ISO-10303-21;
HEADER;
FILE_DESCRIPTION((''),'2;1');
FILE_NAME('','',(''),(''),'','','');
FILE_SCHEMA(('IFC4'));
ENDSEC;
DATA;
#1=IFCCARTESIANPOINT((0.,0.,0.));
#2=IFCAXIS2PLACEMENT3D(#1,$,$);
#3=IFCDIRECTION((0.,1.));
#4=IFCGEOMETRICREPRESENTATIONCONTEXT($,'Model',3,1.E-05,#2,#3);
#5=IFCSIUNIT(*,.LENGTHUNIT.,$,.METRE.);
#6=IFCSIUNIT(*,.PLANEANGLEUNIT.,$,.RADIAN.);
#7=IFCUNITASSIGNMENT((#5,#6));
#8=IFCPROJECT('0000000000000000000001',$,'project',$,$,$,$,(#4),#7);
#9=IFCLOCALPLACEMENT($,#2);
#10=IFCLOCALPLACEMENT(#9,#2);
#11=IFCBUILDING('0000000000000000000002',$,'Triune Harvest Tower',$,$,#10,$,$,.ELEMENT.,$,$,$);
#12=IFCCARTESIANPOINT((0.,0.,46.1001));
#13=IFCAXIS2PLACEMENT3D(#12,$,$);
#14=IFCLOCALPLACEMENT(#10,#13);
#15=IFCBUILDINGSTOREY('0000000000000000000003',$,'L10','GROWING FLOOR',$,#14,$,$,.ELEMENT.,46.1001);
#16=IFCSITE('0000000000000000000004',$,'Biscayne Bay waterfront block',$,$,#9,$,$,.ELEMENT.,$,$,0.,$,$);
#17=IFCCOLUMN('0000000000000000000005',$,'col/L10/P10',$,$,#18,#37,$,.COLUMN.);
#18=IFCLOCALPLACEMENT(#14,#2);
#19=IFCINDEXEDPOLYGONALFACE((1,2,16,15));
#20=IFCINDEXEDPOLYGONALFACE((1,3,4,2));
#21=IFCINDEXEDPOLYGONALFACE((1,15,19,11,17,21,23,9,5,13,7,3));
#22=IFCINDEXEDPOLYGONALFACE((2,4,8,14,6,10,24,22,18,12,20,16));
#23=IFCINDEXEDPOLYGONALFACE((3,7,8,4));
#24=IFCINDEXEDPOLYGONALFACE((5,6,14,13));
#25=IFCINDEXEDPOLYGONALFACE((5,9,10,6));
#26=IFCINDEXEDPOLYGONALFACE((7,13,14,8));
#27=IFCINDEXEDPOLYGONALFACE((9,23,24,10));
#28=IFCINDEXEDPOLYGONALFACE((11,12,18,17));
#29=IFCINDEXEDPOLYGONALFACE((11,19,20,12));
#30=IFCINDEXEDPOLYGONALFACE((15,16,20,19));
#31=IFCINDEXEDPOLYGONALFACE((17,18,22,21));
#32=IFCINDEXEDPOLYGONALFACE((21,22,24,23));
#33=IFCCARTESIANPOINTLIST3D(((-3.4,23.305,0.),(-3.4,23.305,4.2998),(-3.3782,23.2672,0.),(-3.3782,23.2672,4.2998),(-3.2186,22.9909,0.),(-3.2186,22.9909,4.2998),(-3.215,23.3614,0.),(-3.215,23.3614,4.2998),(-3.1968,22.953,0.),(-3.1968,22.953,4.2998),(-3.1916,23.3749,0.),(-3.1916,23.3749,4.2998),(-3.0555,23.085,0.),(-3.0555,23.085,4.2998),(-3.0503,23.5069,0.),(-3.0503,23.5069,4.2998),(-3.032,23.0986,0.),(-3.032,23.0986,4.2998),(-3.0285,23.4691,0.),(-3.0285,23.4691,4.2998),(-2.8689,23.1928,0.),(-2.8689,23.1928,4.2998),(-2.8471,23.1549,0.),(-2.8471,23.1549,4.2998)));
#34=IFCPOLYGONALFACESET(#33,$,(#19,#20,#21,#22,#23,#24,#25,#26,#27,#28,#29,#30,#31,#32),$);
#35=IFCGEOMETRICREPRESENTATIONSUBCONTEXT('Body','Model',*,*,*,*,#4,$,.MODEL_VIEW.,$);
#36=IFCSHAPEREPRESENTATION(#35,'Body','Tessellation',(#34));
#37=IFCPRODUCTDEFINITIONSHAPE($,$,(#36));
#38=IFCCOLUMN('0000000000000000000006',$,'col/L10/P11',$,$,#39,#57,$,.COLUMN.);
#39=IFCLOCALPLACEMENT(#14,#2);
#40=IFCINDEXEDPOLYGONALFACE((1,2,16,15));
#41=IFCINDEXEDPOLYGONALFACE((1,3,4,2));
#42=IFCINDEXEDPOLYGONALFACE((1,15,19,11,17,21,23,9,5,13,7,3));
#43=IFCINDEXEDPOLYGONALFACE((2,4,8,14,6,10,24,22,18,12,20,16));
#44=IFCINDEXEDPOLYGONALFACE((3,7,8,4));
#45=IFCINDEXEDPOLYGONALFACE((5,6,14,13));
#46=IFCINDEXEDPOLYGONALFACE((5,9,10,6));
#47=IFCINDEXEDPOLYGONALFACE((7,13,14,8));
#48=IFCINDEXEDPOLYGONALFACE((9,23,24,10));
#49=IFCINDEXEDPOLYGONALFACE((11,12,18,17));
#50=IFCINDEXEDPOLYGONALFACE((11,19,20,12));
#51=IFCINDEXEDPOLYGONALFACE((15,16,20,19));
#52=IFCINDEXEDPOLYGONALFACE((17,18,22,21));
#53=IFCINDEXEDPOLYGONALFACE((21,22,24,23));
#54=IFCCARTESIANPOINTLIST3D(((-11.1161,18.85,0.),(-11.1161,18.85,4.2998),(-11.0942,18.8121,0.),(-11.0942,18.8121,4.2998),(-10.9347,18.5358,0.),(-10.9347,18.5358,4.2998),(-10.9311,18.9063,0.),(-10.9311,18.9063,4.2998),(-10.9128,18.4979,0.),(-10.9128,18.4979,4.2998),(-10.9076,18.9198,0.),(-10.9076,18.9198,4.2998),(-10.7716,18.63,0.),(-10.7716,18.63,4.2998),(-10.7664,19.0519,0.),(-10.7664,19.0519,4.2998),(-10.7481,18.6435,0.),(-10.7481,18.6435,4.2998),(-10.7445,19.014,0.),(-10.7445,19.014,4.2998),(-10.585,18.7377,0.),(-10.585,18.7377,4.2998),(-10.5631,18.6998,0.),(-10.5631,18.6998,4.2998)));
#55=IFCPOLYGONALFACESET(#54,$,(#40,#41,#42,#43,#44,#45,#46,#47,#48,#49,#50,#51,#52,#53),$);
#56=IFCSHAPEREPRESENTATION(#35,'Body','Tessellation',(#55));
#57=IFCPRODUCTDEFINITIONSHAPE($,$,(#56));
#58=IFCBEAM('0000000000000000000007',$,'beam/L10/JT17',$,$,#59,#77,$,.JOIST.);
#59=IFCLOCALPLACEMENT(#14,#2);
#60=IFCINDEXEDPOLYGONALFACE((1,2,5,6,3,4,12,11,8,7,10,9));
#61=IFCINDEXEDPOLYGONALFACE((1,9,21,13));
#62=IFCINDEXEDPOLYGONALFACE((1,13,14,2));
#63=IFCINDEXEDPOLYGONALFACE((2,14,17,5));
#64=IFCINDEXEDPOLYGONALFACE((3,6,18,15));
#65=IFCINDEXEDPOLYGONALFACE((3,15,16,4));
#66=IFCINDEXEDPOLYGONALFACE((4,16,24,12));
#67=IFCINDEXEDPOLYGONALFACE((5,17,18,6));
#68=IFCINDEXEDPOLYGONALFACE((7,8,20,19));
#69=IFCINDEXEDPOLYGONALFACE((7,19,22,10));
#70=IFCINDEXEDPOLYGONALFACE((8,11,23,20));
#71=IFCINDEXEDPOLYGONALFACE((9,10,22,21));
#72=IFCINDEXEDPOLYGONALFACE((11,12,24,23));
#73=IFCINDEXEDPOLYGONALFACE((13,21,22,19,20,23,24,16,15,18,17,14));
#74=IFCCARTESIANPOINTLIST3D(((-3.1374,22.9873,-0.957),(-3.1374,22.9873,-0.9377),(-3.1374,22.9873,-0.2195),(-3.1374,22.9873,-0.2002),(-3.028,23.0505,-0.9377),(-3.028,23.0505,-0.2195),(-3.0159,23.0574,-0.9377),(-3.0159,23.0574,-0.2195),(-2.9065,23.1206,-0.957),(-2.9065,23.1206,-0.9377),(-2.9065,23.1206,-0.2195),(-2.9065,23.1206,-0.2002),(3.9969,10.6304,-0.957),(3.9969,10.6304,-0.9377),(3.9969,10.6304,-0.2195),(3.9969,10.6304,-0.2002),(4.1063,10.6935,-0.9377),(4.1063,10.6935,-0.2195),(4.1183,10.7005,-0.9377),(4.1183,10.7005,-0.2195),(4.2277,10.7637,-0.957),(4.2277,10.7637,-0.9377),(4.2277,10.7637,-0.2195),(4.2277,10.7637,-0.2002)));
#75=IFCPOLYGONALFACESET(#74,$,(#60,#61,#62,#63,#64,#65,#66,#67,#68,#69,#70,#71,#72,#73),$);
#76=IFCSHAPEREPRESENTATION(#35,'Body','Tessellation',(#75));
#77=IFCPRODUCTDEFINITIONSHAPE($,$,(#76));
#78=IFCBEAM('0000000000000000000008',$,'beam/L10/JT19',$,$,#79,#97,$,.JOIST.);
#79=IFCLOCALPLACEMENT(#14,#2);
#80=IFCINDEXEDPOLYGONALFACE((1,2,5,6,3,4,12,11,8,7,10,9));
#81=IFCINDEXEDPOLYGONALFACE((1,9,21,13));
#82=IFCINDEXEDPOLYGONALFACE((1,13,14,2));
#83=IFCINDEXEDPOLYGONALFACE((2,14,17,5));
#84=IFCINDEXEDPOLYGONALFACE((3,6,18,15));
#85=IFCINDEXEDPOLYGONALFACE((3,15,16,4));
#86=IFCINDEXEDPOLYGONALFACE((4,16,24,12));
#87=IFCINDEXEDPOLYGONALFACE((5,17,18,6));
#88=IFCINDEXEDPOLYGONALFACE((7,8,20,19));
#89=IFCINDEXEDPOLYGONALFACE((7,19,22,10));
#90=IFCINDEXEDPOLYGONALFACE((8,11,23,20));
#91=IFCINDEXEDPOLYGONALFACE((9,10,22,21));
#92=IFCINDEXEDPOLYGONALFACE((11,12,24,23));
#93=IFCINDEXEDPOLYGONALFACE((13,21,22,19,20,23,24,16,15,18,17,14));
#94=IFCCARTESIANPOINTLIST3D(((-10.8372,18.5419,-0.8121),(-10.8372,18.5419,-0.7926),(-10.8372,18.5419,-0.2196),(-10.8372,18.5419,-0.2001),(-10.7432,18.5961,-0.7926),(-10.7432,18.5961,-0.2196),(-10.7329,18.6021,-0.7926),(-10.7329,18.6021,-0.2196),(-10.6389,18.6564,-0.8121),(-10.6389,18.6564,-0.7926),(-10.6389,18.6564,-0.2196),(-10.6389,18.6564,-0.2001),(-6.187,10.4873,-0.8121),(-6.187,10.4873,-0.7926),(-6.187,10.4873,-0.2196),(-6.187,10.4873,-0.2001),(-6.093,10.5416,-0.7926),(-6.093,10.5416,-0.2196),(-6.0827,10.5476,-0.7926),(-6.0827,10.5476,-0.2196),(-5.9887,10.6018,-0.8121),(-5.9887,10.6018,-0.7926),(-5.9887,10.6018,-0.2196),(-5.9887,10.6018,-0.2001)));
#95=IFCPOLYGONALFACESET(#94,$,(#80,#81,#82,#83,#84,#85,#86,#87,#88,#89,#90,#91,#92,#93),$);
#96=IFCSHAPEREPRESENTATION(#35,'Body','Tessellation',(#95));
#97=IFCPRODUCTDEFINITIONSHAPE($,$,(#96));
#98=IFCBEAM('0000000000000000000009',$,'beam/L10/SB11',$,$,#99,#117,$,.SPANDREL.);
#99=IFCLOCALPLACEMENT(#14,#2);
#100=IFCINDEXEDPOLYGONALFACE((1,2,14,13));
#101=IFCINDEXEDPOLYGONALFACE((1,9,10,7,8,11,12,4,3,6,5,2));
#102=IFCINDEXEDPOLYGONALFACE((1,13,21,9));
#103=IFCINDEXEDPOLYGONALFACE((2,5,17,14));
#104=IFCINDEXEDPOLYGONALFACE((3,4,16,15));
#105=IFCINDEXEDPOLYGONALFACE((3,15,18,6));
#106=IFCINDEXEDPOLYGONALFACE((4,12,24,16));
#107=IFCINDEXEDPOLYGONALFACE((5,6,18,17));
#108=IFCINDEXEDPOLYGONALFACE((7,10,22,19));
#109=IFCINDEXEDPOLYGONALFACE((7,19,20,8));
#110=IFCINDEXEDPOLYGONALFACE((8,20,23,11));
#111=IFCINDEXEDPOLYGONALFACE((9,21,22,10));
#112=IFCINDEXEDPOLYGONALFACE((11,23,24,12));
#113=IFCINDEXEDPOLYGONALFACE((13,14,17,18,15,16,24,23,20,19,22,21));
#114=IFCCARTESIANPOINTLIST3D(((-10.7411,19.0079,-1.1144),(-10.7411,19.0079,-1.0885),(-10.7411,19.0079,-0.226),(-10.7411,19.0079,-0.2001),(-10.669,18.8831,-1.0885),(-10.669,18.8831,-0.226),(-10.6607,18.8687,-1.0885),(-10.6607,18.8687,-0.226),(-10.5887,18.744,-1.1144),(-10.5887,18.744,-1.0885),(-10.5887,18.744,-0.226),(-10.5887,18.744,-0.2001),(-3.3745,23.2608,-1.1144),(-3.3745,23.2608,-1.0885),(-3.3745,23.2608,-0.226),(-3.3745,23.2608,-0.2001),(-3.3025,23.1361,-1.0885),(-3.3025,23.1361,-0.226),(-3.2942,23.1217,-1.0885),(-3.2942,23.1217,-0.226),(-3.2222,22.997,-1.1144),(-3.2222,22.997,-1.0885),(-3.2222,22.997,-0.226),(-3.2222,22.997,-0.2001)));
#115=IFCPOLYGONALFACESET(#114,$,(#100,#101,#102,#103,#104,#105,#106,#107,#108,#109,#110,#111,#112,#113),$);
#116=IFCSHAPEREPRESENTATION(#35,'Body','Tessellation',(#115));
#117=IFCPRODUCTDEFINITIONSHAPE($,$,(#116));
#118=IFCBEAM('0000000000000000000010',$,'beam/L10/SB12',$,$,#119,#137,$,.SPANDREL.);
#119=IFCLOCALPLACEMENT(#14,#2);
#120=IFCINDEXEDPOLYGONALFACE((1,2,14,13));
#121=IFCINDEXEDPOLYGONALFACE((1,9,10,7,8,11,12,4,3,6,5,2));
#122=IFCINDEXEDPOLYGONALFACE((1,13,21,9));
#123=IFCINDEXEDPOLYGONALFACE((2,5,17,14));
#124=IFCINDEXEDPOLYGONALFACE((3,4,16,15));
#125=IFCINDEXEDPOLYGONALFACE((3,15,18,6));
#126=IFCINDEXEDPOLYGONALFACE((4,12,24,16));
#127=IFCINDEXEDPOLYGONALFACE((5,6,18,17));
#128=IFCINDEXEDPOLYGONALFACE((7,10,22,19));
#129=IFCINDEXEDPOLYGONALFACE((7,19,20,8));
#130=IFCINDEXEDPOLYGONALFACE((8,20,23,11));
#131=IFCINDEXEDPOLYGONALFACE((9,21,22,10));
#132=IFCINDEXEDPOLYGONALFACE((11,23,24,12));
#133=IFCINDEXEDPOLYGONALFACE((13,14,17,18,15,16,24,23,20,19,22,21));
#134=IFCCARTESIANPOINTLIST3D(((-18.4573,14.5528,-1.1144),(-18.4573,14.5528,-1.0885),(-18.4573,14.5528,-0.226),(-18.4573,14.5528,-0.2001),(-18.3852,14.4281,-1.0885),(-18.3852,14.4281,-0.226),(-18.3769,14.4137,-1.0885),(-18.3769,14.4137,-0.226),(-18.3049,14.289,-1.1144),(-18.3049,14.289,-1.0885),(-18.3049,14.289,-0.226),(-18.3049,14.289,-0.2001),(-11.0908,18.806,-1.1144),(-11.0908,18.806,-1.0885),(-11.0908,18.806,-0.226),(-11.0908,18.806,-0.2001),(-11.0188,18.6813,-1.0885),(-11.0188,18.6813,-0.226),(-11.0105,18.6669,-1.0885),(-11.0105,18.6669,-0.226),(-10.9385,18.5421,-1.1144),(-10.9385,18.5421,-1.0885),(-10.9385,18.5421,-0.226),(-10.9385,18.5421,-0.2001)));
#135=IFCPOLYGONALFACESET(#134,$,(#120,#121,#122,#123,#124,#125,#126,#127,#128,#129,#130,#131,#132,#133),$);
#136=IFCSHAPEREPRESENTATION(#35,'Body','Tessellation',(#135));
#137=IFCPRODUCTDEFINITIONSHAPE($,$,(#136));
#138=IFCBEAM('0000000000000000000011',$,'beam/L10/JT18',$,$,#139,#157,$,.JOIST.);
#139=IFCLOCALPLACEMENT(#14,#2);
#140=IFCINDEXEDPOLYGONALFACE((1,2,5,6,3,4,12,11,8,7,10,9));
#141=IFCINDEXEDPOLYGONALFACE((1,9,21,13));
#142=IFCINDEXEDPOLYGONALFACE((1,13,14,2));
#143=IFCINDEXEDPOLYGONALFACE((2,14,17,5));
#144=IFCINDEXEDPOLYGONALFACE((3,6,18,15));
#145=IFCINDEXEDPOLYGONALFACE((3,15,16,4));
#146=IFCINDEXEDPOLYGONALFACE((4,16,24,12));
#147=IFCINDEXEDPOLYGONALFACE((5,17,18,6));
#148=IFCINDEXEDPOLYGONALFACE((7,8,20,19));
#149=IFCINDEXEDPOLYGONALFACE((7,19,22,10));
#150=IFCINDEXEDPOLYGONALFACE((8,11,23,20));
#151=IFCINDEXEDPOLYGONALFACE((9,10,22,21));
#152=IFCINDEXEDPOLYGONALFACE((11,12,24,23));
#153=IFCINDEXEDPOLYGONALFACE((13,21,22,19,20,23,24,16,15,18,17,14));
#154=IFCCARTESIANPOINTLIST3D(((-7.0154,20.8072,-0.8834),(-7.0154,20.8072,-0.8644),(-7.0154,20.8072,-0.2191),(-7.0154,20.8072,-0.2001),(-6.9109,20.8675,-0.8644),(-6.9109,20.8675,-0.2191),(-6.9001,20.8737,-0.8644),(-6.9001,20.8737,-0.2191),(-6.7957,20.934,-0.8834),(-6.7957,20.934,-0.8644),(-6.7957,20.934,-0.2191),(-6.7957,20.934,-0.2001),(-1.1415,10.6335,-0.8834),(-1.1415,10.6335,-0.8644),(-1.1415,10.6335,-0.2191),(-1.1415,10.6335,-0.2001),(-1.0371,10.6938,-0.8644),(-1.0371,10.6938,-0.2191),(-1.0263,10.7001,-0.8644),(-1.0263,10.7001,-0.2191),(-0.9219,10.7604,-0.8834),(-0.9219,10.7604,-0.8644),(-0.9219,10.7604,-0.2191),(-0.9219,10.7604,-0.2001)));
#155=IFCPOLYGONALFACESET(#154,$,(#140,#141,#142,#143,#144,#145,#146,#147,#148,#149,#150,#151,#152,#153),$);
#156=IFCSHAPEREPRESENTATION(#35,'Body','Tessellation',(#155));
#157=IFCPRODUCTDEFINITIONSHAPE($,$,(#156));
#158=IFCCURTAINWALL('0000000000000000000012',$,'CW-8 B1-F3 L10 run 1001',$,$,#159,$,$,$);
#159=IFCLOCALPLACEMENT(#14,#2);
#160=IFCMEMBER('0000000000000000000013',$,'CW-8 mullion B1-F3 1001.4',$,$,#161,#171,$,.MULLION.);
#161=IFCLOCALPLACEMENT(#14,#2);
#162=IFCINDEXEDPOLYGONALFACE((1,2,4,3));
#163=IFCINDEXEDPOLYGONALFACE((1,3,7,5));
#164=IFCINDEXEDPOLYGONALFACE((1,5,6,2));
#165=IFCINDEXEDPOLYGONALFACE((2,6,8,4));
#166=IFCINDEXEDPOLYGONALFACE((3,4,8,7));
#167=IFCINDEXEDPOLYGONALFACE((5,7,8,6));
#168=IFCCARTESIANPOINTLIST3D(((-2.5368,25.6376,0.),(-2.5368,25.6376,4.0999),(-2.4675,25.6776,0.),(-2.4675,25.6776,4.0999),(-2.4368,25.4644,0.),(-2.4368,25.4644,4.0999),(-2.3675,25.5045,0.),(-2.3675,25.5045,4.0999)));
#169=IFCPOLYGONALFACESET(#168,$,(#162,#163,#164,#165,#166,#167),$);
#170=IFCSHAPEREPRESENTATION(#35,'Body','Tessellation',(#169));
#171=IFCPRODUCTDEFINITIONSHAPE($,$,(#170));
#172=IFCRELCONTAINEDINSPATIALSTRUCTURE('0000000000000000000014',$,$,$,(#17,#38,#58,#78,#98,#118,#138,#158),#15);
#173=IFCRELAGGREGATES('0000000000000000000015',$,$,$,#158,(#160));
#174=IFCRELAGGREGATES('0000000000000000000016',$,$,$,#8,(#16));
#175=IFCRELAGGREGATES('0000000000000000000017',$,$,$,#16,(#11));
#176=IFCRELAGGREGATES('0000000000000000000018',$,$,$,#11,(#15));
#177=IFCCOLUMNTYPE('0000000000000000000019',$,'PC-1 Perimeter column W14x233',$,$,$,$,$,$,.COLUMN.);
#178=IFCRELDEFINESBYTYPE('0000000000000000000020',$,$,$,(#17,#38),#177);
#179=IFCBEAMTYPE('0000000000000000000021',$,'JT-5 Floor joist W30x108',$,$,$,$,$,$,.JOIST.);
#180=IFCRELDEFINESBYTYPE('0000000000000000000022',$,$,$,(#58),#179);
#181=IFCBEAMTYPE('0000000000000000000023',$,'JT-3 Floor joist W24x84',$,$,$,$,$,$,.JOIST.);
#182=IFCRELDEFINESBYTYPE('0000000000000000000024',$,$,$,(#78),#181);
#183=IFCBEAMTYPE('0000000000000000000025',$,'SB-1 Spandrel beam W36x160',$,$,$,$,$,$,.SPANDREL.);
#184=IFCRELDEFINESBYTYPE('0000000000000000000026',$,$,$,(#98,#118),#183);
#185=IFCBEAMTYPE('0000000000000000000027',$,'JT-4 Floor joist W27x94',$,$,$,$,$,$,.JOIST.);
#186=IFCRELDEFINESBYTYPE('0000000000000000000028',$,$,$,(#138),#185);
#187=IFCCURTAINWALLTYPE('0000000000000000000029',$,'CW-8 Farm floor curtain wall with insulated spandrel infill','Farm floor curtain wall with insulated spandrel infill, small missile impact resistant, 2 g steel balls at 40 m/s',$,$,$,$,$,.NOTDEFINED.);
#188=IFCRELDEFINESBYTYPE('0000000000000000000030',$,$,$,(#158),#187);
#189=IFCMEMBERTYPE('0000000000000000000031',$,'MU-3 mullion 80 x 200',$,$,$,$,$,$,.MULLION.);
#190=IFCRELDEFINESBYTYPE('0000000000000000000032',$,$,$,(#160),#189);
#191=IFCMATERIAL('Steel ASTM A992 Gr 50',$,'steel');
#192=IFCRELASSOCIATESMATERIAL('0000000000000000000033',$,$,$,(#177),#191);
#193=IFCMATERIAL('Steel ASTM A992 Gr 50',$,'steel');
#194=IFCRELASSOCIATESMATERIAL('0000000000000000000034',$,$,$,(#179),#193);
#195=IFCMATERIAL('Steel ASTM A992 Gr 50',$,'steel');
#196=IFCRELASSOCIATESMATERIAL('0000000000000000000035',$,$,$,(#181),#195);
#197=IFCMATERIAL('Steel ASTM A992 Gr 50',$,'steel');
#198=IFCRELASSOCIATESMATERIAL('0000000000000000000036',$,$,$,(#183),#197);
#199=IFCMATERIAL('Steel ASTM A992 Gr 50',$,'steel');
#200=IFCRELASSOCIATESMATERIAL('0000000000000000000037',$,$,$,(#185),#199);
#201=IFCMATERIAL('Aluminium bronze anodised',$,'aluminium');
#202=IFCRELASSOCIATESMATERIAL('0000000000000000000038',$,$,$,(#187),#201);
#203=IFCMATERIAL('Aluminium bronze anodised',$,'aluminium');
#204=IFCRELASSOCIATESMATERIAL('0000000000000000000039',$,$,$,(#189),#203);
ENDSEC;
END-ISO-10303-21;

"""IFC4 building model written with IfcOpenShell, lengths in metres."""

from ifc_helpers import new_model, si_unit, direction, frame, origin, origin_2d, place, context, subcontext, project, spatial, rectangle, i_section, extrude, source, transform, mapped, material, material_profile, profile_set, type_object, element, aggregate, save


model = new_model("IFC4")

# Units and contexts
model_context = context("Model", 3, precision=1e-05, world=origin(), true_north=direction((0.0, 1.0)))
body_context = subcontext(model_context, "Body", "Model", "MODEL_VIEW")
ifc_project = project(units=[si_unit("LENGTHUNIT", "METRE"), si_unit("PLANEANGLEUNIT", "RADIAN")], contexts=[model_context])

# Site, building, storey
site_placement = place(None, origin())
site = spatial("IfcSite", under=ifc_project, at=site_placement, Name="Biscayne Bay waterfront block", CompositionType="ELEMENT", RefElevation=0.0)
building_placement = place(site_placement, origin())
building = spatial("IfcBuilding", under=site, at=building_placement, Name="Triune Harvest Tower", CompositionType="ELEMENT")
storey_placement = place(building_placement, frame((0.0, 0.0, 46.1001)))
storey = spatial("IfcBuildingStorey", under=building, at=storey_placement, Name="L10", Description="GROWING FLOOR", CompositionType="ELEMENT", Elevation=46.1001)

# Columns
ifc_material_1 = material(Name="Steel ASTM A992 Gr 50", Category="steel")
ifc_material_profile_1 = material_profile(ifc_material_1, i_section(OverallWidth=0.4038, OverallDepth=0.4065, WebThickness=0.0271, FlangeThickness=0.0437, at=origin_2d()), Name="W14x233")
ifc_profile_set_1 = profile_set([ifc_material_profile_1], Name="Steel ASTM A992 Gr 50")
column_type = type_object("IfcColumnType", Name="PC-1 Perimeter column W14x233", PredefinedType="COLUMN", material=ifc_profile_set_1)
shared_shape_1 = source(origin(), body_context, "Body", "SweptSolid", [
    extrude(i_section(OverallWidth=0.4038, OverallDepth=0.4065, WebThickness=0.0271, FlangeThickness=0.0437, at=origin_2d()), origin(), (0.0, 0.0, 1.0), 4.2998),
])
for number, where, z_axis, x_axis, name in (
    (1, (-3.1235, 23.23, 0.0), (0.0, 0.0, 1.0), (-0.866025, -0.5, 0.0), "col/L10/P10"),
    (2, (-10.8396, 18.7749, 0.0), (0.0, 0.0, 1.0), (-0.866025, -0.5, 0.0), "col/L10/P11"),
):
    element("IfcColumn", number, at=place(storey_placement, frame(where, z_axis=z_axis, x_axis=x_axis)), inside=storey, type_object=column_type, Name=name, PredefinedType="COLUMN", context=body_context, shape_type="MappedRepresentation", body=[
        mapped(shared_shape_1, transform((0.0, 0.0, 0.0), scale=1.0)),
    ])

# Beams
ifc_material_2 = material(Name="Steel ASTM A992 Gr 50", Category="steel")
ifc_material_profile_2 = material_profile(ifc_material_2, i_section(OverallWidth=0.2666, OverallDepth=0.7568, WebThickness=0.0139, FlangeThickness=0.0193, at=origin_2d()), Name="W30x108")
ifc_profile_set_2 = profile_set([ifc_material_profile_2], Name="Steel ASTM A992 Gr 50")
beam_type_1 = type_object("IfcBeamType", Name="JT-5 Floor joist W30x108", PredefinedType="JOIST", material=ifc_profile_set_2)
shared_shape_2 = source(origin(), body_context, "Body", "SweptSolid", [
    extrude(i_section(OverallWidth=0.2666, OverallDepth=0.7568, WebThickness=0.0139, FlangeThickness=0.0193, at=origin_2d()), origin(), (0.0, 0.0, 1.0), 14.2686),
])
beam_1_placement = place(storey_placement, frame((-3.022, 23.054, -0.5786), z_axis=(0.5, -0.866025, 0.0), x_axis=(0.866025, 0.5, 0.0)))
element("IfcBeam", 3, at=beam_1_placement, inside=storey, type_object=beam_type_1, Name="beam/L10/JT17", PredefinedType="JOIST", context=body_context, shape_type="MappedRepresentation", body=[
    mapped(shared_shape_2, transform((0.0, 0.0, 0.0), scale=1.0)),
])
ifc_material_3 = material(Name="Steel ASTM A992 Gr 50", Category="steel")
ifc_material_profile_3 = material_profile(ifc_material_3, i_section(OverallWidth=0.229, OverallDepth=0.6121, WebThickness=0.012, FlangeThickness=0.0195, at=origin_2d()), Name="W24x84")
ifc_profile_set_3 = profile_set([ifc_material_profile_3], Name="Steel ASTM A992 Gr 50")
beam_type_2 = type_object("IfcBeamType", Name="JT-3 Floor joist W24x84", PredefinedType="JOIST", material=ifc_profile_set_3)
shared_shape_3 = source(origin(), body_context, "Body", "SweptSolid", [
    extrude(i_section(OverallWidth=0.229, OverallDepth=0.6121, WebThickness=0.012, FlangeThickness=0.0195, at=origin_2d()), origin(), (0.0, 0.0, 1.0), 9.3005),
])
beam_2_placement = place(storey_placement, frame((-10.738, 18.5991, -0.5061), z_axis=(0.499993, -0.86603, 0.0), x_axis=(0.86603, 0.499993, 0.0)))
element("IfcBeam", 4, at=beam_2_placement, inside=storey, type_object=beam_type_2, Name="beam/L10/JT19", PredefinedType="JOIST", context=body_context, shape_type="MappedRepresentation", body=[
    mapped(shared_shape_3, transform((0.0, 0.0, 0.0), scale=1.0)),
])
ifc_material_4 = material(Name="Steel ASTM A992 Gr 50", Category="steel")
ifc_material_profile_4 = material_profile(ifc_material_4, i_section(OverallWidth=0.3047, OverallDepth=0.9143, WebThickness=0.0166, FlangeThickness=0.0259, at=origin_2d()), Name="W36x160")
ifc_profile_set_4 = profile_set([ifc_material_profile_4], Name="Steel ASTM A992 Gr 50")
beam_type_3 = type_object("IfcBeamType", Name="SB-1 Spandrel beam W36x160", PredefinedType="SPANDREL", material=ifc_profile_set_4)
shared_shape_4 = source(origin(), body_context, "Body", "SweptSolid", [
    extrude(i_section(OverallWidth=0.3047, OverallDepth=0.9143, WebThickness=0.0166, FlangeThickness=0.0259, at=origin_2d()), origin(), (0.0, 0.0, 1.0), 8.5061),
])
for number, where, z_axis, x_axis, name in (
    (5, (-3.2983, 23.1289, -0.6572), (-0.86603, -0.499992, 0.0), (0.499992, -0.86603, 0.0), "beam/L10/SB11"),
    (6, (-11.0146, 18.6741, -0.6572), (-0.866018, -0.500013, 0.0), (0.500013, -0.866018, 0.0), "beam/L10/SB12"),
):
    element("IfcBeam", number, at=place(storey_placement, frame(where, z_axis=z_axis, x_axis=x_axis)), inside=storey, type_object=beam_type_3, Name=name, PredefinedType="SPANDREL", context=body_context, shape_type="MappedRepresentation", body=[
        mapped(shared_shape_4, transform((0.0, 0.0, 0.0), scale=1.0)),
    ])
ifc_material_5 = material(Name="Steel ASTM A992 Gr 50", Category="steel")
ifc_material_profile_5 = material_profile(ifc_material_5, i_section(OverallWidth=0.2537, OverallDepth=0.6833, WebThickness=0.0125, FlangeThickness=0.019, at=origin_2d()), Name="W27x94")
ifc_profile_set_5 = profile_set([ifc_material_profile_5], Name="Steel ASTM A992 Gr 50")
beam_type_4 = type_object("IfcBeamType", Name="JT-4 Floor joist W27x94", PredefinedType="JOIST", material=ifc_profile_set_5)
shared_shape_5 = source(origin(), body_context, "Body", "SweptSolid", [
    extrude(i_section(OverallWidth=0.2537, OverallDepth=0.6833, WebThickness=0.0125, FlangeThickness=0.019, at=origin_2d()), origin(), (0.0, 0.0, 1.0), 11.7476),
])
beam_3_placement = place(storey_placement, frame((-6.9055, 20.8706, -0.5417), z_axis=(0.500004, -0.866023, 0.0), x_axis=(0.866023, 0.500004, 0.0)))
element("IfcBeam", 7, at=beam_3_placement, inside=storey, type_object=beam_type_4, Name="beam/L10/JT18", PredefinedType="JOIST", context=body_context, shape_type="MappedRepresentation", body=[
    mapped(shared_shape_5, transform((0.0, 0.0, 0.0), scale=1.0)),
])

# Curtain wall, member
ifc_material_6 = material(Name="Aluminium bronze anodised", Category="aluminium")
curtain_wall_type_1 = type_object("IfcCurtainWallType", Name="CW-8 Farm floor curtain wall with insulated spandrel infill", Description="Farm floor curtain wall with insulated spandrel infill, small missile impact resistant, 2 g steel balls at 40 m/s", PredefinedType="NOTDEFINED", material=ifc_material_6)
curtain_wall_1_placement = place(storey_placement, origin())
curtain_wall_1 = element("IfcCurtainWall", 8, at=curtain_wall_1_placement, inside=storey, type_object=curtain_wall_type_1, Name="CW-8 B1-F3 L10 run 1001")
ifc_material_7 = material(Name="Aluminium bronze anodised", Category="aluminium")
ifc_material_profile_6 = material_profile(ifc_material_7, rectangle(XDim=0.2, YDim=0.0801, at=origin_2d()), Name="MU-3 mullion 80 x 200")
ifc_profile_set_6 = profile_set([ifc_material_profile_6], Name="Aluminium bronze anodised")
member_type_1 = type_object("IfcMemberType", Name="MU-3 mullion 80 x 200", PredefinedType="MULLION", material=ifc_profile_set_6)
shared_shape_6 = source(origin(), body_context, "Body", "SweptSolid", [
    extrude(rectangle(XDim=0.2, YDim=0.0801, at=origin_2d()), origin(), (0.0, 0.0, 1.0), 4.0999),
])
member_1_placement = place(storey_placement, frame((-2.4521, 25.571, 0.0), z_axis=(0.0, 0.0, 1.0), x_axis=(0.500001, -0.866025, 0.0)))
member_1 = element("IfcMember", 9, at=member_1_placement, type_object=member_type_1, Name="CW-8 mullion B1-F3 1001.4", PredefinedType="MULLION", context=body_context, shape_type="MappedRepresentation", body=[
    mapped(shared_shape_6, transform((0.0, 0.0, 0.0), scale=1.0)),
])
aggregate(curtain_wall_1, [member_1])

save(model, "model.ifc")
